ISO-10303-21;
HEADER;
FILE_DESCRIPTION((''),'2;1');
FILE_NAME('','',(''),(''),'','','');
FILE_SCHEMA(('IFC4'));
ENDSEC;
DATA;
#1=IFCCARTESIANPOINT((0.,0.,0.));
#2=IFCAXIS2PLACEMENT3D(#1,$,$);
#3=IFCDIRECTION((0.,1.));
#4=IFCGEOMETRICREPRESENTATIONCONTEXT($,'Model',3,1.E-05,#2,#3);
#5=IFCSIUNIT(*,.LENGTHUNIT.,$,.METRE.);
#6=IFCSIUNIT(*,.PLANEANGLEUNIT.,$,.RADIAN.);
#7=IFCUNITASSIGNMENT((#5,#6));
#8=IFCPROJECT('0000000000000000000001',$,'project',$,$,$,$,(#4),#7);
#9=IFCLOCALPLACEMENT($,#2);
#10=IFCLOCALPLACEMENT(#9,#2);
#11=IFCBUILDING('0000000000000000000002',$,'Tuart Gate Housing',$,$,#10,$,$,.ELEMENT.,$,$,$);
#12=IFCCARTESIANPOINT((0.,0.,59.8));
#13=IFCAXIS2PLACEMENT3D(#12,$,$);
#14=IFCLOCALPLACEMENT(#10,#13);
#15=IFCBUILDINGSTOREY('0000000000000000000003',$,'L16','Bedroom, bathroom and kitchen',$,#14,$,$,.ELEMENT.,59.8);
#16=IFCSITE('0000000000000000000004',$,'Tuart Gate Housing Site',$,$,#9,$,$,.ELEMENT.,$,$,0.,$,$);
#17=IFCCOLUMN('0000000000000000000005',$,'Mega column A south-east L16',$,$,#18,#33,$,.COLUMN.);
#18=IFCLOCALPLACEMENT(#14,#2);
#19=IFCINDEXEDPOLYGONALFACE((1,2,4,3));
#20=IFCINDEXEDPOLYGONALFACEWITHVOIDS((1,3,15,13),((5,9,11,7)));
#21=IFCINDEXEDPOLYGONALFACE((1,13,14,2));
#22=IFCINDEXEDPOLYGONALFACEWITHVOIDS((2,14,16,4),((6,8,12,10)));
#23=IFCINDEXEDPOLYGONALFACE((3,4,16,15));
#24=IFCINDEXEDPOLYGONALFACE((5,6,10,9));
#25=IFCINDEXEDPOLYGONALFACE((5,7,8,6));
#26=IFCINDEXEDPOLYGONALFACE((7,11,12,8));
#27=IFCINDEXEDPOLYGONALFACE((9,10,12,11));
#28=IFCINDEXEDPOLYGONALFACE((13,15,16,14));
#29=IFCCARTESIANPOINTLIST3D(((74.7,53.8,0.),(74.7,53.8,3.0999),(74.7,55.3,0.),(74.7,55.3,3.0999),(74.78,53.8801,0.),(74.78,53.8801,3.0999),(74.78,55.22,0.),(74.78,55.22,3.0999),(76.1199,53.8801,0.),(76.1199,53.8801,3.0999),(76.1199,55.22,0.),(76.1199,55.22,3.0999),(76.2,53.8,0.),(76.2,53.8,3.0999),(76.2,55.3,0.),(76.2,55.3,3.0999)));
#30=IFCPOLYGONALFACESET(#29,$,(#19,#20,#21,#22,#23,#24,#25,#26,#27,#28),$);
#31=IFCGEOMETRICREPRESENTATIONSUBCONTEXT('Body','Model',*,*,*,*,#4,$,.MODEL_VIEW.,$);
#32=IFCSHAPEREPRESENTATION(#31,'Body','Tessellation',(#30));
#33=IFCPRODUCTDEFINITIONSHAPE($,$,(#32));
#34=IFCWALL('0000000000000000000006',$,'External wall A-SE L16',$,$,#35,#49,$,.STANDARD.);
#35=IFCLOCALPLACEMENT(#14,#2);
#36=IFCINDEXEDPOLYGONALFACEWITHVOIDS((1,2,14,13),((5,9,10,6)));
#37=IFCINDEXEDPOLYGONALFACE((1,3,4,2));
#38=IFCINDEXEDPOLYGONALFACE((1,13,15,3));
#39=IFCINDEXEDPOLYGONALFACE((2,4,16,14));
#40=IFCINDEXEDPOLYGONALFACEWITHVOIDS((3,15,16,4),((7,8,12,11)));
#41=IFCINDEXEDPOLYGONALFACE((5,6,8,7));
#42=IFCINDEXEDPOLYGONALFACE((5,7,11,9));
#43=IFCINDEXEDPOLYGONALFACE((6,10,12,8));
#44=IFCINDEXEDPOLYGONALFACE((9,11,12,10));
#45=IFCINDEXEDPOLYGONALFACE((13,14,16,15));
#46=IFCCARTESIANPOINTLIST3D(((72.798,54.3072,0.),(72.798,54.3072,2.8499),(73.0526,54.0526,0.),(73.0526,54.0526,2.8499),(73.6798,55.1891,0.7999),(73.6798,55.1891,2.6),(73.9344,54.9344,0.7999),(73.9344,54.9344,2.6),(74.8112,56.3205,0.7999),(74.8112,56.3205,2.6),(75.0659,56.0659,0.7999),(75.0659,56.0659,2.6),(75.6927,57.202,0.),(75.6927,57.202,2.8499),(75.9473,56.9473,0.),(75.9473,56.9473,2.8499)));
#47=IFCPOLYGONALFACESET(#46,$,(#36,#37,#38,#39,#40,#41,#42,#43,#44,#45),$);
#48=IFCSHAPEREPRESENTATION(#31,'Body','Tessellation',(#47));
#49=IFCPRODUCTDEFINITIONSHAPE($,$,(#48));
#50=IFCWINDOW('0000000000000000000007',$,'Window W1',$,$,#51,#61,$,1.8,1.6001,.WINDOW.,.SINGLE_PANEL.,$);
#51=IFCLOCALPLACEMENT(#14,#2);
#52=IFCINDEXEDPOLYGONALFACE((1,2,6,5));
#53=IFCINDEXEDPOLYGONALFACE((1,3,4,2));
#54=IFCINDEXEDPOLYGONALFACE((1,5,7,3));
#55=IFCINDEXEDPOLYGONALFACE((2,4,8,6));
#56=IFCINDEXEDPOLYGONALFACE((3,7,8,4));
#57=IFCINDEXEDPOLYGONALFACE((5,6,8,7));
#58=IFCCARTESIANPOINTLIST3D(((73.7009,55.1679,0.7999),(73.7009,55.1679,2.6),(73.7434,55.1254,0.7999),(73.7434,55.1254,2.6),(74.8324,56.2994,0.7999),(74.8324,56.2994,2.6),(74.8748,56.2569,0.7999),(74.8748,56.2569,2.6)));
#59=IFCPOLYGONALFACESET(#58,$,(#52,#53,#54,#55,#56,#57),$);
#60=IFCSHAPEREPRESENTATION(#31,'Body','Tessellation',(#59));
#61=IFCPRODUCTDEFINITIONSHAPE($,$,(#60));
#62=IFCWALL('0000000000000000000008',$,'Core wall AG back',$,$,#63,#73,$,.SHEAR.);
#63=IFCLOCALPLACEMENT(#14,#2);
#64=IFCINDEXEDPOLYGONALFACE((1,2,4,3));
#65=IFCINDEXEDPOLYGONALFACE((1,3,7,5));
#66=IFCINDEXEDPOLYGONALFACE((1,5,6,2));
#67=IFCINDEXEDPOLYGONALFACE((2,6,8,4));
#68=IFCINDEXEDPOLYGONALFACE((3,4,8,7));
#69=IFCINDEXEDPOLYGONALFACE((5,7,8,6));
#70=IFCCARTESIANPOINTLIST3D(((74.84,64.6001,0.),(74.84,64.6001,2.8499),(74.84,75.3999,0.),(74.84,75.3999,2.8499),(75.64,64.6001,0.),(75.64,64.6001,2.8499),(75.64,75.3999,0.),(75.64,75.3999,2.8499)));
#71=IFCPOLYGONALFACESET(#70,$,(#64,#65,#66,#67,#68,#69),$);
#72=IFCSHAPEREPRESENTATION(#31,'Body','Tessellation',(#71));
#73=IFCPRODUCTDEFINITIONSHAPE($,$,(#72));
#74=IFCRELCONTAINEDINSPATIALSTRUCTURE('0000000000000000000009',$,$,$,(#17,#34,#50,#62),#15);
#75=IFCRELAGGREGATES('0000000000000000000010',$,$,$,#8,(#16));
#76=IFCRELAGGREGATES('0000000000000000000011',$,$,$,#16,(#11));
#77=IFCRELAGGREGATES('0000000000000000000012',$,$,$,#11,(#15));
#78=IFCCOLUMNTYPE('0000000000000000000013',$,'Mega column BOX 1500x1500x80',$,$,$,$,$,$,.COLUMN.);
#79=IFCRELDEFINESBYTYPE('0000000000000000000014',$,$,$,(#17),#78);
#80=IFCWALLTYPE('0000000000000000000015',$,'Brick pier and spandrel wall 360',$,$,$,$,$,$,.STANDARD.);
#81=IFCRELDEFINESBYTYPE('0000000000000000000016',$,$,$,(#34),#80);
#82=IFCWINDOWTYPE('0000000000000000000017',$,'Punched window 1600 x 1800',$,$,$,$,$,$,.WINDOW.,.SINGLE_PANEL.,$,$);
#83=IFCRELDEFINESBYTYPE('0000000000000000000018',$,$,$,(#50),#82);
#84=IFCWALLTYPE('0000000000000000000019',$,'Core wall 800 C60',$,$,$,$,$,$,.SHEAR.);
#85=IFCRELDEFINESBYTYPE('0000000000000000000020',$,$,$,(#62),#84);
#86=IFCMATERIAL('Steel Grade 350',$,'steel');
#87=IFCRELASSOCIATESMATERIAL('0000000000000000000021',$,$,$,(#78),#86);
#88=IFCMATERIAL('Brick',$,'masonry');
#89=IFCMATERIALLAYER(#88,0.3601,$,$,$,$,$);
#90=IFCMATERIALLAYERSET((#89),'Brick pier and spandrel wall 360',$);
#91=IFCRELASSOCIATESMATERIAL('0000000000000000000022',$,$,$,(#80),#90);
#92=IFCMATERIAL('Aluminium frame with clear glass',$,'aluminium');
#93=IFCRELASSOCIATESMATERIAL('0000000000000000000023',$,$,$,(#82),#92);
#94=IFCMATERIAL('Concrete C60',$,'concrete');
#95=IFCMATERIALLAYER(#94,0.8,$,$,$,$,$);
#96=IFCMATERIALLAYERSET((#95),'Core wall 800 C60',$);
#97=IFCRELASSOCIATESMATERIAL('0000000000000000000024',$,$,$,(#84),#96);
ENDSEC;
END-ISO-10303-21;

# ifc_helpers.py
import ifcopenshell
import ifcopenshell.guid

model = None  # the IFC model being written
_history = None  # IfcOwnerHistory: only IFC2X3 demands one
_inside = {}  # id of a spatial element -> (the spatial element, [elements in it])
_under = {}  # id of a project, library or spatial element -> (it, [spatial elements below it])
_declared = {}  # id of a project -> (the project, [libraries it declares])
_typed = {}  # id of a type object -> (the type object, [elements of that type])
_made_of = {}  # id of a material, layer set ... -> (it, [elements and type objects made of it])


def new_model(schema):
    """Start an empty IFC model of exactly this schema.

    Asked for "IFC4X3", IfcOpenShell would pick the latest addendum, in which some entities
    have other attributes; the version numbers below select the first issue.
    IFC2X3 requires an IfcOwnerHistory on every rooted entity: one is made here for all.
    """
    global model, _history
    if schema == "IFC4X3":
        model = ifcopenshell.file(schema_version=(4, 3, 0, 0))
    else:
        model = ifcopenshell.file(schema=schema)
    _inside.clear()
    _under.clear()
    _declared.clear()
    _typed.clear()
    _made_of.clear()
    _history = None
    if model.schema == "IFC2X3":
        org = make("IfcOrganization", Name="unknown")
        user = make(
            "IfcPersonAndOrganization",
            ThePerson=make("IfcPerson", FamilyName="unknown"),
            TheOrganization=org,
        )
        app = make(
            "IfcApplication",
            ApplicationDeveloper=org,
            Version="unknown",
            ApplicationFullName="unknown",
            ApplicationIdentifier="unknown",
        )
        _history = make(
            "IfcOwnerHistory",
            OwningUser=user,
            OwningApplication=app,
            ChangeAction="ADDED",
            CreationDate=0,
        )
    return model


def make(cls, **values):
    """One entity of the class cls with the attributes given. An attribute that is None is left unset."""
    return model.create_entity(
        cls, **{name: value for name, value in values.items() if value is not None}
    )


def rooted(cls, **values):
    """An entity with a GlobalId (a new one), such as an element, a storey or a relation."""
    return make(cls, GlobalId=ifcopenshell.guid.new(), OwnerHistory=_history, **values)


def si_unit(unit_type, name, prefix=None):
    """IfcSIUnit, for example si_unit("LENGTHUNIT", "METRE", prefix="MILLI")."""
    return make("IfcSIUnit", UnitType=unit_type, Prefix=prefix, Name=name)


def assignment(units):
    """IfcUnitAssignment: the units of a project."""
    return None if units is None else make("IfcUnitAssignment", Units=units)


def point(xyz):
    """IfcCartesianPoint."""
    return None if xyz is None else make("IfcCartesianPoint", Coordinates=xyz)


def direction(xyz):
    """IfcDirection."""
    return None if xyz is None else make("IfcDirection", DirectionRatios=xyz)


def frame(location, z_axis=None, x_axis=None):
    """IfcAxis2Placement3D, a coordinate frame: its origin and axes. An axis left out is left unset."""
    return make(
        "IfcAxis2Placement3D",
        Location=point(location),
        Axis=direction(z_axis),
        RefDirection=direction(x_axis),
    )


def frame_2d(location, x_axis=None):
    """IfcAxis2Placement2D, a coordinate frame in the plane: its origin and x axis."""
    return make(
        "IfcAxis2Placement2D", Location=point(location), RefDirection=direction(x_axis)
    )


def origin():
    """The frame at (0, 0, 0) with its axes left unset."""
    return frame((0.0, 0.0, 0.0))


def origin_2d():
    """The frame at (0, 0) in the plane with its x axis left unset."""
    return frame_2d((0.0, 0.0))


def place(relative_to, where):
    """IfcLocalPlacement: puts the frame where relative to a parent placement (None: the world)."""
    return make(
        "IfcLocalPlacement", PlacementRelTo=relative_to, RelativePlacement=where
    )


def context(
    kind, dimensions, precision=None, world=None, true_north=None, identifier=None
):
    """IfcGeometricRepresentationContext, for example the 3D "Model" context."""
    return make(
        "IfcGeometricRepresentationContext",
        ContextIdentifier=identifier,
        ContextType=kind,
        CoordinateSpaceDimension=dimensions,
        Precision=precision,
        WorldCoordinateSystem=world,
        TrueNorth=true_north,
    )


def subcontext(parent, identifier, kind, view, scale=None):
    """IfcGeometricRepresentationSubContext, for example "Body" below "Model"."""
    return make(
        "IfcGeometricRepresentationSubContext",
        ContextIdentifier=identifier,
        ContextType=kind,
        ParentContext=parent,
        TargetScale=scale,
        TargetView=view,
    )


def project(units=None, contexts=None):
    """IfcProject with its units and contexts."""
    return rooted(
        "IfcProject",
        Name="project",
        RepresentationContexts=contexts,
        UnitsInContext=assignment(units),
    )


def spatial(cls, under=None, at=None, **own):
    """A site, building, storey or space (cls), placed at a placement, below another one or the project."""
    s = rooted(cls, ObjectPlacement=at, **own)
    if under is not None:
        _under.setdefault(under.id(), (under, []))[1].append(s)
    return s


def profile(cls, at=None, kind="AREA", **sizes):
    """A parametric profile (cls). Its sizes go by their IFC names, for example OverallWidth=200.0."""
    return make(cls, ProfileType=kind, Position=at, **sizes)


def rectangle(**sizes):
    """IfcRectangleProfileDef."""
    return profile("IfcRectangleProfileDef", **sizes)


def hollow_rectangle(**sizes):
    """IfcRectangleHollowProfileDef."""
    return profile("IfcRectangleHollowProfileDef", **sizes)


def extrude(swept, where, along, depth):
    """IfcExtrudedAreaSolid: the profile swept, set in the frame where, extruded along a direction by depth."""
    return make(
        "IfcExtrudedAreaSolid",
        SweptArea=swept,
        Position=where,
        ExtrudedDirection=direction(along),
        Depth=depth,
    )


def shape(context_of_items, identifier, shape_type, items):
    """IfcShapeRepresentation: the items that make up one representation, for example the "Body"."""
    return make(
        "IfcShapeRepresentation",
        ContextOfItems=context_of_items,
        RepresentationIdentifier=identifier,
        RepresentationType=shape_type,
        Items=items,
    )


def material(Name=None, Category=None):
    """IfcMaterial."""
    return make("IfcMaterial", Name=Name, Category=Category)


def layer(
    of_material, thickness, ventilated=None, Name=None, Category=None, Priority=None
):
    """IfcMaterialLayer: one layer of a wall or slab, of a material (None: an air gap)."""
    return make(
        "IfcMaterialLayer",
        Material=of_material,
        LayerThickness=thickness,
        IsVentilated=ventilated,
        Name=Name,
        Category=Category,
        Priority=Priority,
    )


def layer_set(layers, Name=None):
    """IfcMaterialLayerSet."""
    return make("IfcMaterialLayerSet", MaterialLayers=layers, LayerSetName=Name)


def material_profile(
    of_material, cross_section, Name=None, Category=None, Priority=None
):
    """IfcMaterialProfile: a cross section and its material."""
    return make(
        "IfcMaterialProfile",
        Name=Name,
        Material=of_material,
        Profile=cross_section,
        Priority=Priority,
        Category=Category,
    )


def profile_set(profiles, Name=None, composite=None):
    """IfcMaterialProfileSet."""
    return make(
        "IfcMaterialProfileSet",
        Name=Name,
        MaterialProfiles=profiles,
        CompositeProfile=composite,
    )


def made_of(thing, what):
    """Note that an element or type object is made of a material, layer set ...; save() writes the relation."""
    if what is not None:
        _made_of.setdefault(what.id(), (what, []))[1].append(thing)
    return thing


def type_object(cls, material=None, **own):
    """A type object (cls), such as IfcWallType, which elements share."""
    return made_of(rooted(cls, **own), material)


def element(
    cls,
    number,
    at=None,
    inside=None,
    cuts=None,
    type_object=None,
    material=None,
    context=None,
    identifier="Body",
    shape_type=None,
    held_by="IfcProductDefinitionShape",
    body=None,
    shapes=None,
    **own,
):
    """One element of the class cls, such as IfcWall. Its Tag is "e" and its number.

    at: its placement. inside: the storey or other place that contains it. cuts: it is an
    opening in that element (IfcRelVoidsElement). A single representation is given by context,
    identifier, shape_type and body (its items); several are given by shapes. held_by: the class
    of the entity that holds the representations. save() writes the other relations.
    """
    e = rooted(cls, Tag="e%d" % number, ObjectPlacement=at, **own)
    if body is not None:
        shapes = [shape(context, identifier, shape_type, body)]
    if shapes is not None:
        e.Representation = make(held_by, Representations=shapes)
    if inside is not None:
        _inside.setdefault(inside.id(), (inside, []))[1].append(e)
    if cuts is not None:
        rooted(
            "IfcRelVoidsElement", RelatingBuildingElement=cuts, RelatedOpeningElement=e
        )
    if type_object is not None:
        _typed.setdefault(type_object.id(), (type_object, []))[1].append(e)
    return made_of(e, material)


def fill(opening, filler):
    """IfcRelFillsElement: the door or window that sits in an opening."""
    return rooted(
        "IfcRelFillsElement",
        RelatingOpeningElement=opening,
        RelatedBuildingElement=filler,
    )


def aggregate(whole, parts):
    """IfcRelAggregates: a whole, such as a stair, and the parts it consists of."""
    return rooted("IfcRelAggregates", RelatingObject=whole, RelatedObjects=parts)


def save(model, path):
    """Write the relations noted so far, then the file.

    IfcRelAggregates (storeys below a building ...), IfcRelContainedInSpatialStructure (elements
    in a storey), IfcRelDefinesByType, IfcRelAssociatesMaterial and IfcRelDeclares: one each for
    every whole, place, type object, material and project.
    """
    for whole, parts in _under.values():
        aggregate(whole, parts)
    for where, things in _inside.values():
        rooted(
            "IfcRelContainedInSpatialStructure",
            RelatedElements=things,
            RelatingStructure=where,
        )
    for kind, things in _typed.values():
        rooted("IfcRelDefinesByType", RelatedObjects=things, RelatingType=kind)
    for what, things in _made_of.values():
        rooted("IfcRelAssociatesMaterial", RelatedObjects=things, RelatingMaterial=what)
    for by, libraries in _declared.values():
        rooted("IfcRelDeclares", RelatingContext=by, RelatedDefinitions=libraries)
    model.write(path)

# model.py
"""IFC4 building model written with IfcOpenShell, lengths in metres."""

from ifc_helpers import new_model, si_unit, direction, frame, frame_2d, origin, origin_2d, place, context, subcontext, project, spatial, rectangle, hollow_rectangle, extrude, material, layer, layer_set, material_profile, profile_set, type_object, element, fill, save


model = new_model("IFC4")

# Units and contexts
model_context = context("Model", 3, precision=1e-05, world=origin(), true_north=direction((0.0, 1.0)))
body_context = subcontext(model_context, "Body", "Model", "MODEL_VIEW")
ifc_project = project(units=[si_unit("LENGTHUNIT", "METRE"), si_unit("PLANEANGLEUNIT", "RADIAN")], contexts=[model_context])

# Site, building, storey
site_placement = place(None, origin())
site = spatial("IfcSite", under=ifc_project, at=site_placement, Name="Tuart Gate Housing Site", CompositionType="ELEMENT", RefElevation=0.0)
building_placement = place(site_placement, origin())
building = spatial("IfcBuilding", under=site, at=building_placement, Name="Tuart Gate Housing", CompositionType="ELEMENT")
storey_placement = place(building_placement, frame((0.0, 0.0, 59.8)))
storey = spatial("IfcBuildingStorey", under=building, at=storey_placement, Name="L16", Description="Bedroom, bathroom and kitchen", CompositionType="ELEMENT", Elevation=59.8)

# Column
ifc_material_1 = material(Name="Steel Grade 350", Category="steel")
ifc_material_profile = material_profile(ifc_material_1, hollow_rectangle(XDim=1.5, YDim=1.5, WallThickness=0.0801, at=origin_2d()), Name="BOX 1500x1500x80")
ifc_profile_set = profile_set([ifc_material_profile], Name="Steel Grade 350")
column_type = type_object("IfcColumnType", Name="Mega column BOX 1500x1500x80", PredefinedType="COLUMN", material=ifc_profile_set)
column_placement = place(storey_placement, frame((75.45, 54.55, 0.0), z_axis=(0.0, 0.0, 1.0), x_axis=(1.0, 0.0, 0.0)))
element("IfcColumn", 1, at=column_placement, inside=storey, type_object=column_type, Name="Mega column A south-east L16", PredefinedType="COLUMN", context=body_context, shape_type="SweptSolid", body=[
    extrude(hollow_rectangle(XDim=1.5, YDim=1.5, WallThickness=0.0801, at=origin_2d()), origin(), (0.0, 0.0, 1.0), 3.0999),
])

# Wall, opening, window
ifc_material_2 = material(Name="Brick", Category="masonry")
ifc_layer_1 = layer(ifc_material_2, 0.3601)
ifc_layer_set_1 = layer_set([ifc_layer_1], Name="Brick pier and spandrel wall 360")
wall_type_1 = type_object("IfcWallType", Name="Brick pier and spandrel wall 360", PredefinedType="STANDARD", material=ifc_layer_set_1)
wall_1_placement = place(storey_placement, frame((72.9253, 54.1799, 0.0), z_axis=(0.0, 0.0, 1.0), x_axis=(0.707107, 0.707107, 0.0)))
wall_1 = element("IfcWall", 2, at=wall_1_placement, inside=storey, type_object=wall_type_1, Name="External wall A-SE L16", PredefinedType="STANDARD", context=body_context, shape_type="SweptSolid", body=[
    extrude(rectangle(XDim=4.0938, YDim=0.3601, at=frame_2d((2.0469, 0.0))), origin(), (0.0, 0.0, 1.0), 2.8499),
])
opening_placement = place(wall_1_placement, frame((1.2471, 0.0, 0.8)))
opening = element("IfcOpeningElement", 3, at=opening_placement, cuts=wall_1, PredefinedType="OPENING", context=body_context, shape_type="SweptSolid", body=[
    extrude(rectangle(XDim=1.6001, YDim=1.8, at=frame_2d((0.8, 0.8999))), frame((0.0, 0.1899, 0.0), z_axis=(0.0, -1.0, 0.0), x_axis=(1.0, 0.0, 0.0)), (0.0, 0.0, 1.0), 0.3801),
])
ifc_material_3 = material(Name="Aluminium frame with clear glass", Category="aluminium")
window_type = type_object("IfcWindowType", Name="Punched window 1600 x 1800", PartitioningType="SINGLE_PANEL", PredefinedType="WINDOW", material=ifc_material_3)
window_placement = place(opening_placement, origin())
window = element("IfcWindow", 4, at=window_placement, inside=storey, type_object=window_type, Name="Window W1", OverallHeight=1.8, OverallWidth=1.6001, PartitioningType="SINGLE_PANEL", PredefinedType="WINDOW", context=body_context, shape_type="SweptSolid", body=[
    extrude(rectangle(XDim=1.6001, YDim=1.8, at=frame_2d((0.8, 0.8999))), frame((0.0, 0.1501, 0.0), z_axis=(0.0, -1.0, 0.0), x_axis=(1.0, 0.0, 0.0)), (0.0, 0.0, 1.0), 0.0601),
])
fill(opening, window)

# Wall
ifc_material_4 = material(Name="Concrete C60", Category="concrete")
ifc_layer_2 = layer(ifc_material_4, 0.8)
ifc_layer_set_2 = layer_set([ifc_layer_2], Name="Core wall 800 C60")
wall_type_2 = type_object("IfcWallType", Name="Core wall 800 C60", PredefinedType="SHEAR", material=ifc_layer_set_2)
wall_2_placement = place(storey_placement, frame((75.24, 64.6001, 0.0), z_axis=(0.0, 0.0, 1.0), x_axis=(0.0, 1.0, 0.0)))
element("IfcWall", 5, at=wall_2_placement, inside=storey, type_object=wall_type_2, Name="Core wall AG back", PredefinedType="SHEAR", context=body_context, shape_type="SweptSolid", body=[
    extrude(rectangle(XDim=10.7998, YDim=0.8, at=frame_2d((5.3999, 0.0))), origin(), (0.0, 0.0, 1.0), 2.8499),
])

save(model, "model.ifc")
